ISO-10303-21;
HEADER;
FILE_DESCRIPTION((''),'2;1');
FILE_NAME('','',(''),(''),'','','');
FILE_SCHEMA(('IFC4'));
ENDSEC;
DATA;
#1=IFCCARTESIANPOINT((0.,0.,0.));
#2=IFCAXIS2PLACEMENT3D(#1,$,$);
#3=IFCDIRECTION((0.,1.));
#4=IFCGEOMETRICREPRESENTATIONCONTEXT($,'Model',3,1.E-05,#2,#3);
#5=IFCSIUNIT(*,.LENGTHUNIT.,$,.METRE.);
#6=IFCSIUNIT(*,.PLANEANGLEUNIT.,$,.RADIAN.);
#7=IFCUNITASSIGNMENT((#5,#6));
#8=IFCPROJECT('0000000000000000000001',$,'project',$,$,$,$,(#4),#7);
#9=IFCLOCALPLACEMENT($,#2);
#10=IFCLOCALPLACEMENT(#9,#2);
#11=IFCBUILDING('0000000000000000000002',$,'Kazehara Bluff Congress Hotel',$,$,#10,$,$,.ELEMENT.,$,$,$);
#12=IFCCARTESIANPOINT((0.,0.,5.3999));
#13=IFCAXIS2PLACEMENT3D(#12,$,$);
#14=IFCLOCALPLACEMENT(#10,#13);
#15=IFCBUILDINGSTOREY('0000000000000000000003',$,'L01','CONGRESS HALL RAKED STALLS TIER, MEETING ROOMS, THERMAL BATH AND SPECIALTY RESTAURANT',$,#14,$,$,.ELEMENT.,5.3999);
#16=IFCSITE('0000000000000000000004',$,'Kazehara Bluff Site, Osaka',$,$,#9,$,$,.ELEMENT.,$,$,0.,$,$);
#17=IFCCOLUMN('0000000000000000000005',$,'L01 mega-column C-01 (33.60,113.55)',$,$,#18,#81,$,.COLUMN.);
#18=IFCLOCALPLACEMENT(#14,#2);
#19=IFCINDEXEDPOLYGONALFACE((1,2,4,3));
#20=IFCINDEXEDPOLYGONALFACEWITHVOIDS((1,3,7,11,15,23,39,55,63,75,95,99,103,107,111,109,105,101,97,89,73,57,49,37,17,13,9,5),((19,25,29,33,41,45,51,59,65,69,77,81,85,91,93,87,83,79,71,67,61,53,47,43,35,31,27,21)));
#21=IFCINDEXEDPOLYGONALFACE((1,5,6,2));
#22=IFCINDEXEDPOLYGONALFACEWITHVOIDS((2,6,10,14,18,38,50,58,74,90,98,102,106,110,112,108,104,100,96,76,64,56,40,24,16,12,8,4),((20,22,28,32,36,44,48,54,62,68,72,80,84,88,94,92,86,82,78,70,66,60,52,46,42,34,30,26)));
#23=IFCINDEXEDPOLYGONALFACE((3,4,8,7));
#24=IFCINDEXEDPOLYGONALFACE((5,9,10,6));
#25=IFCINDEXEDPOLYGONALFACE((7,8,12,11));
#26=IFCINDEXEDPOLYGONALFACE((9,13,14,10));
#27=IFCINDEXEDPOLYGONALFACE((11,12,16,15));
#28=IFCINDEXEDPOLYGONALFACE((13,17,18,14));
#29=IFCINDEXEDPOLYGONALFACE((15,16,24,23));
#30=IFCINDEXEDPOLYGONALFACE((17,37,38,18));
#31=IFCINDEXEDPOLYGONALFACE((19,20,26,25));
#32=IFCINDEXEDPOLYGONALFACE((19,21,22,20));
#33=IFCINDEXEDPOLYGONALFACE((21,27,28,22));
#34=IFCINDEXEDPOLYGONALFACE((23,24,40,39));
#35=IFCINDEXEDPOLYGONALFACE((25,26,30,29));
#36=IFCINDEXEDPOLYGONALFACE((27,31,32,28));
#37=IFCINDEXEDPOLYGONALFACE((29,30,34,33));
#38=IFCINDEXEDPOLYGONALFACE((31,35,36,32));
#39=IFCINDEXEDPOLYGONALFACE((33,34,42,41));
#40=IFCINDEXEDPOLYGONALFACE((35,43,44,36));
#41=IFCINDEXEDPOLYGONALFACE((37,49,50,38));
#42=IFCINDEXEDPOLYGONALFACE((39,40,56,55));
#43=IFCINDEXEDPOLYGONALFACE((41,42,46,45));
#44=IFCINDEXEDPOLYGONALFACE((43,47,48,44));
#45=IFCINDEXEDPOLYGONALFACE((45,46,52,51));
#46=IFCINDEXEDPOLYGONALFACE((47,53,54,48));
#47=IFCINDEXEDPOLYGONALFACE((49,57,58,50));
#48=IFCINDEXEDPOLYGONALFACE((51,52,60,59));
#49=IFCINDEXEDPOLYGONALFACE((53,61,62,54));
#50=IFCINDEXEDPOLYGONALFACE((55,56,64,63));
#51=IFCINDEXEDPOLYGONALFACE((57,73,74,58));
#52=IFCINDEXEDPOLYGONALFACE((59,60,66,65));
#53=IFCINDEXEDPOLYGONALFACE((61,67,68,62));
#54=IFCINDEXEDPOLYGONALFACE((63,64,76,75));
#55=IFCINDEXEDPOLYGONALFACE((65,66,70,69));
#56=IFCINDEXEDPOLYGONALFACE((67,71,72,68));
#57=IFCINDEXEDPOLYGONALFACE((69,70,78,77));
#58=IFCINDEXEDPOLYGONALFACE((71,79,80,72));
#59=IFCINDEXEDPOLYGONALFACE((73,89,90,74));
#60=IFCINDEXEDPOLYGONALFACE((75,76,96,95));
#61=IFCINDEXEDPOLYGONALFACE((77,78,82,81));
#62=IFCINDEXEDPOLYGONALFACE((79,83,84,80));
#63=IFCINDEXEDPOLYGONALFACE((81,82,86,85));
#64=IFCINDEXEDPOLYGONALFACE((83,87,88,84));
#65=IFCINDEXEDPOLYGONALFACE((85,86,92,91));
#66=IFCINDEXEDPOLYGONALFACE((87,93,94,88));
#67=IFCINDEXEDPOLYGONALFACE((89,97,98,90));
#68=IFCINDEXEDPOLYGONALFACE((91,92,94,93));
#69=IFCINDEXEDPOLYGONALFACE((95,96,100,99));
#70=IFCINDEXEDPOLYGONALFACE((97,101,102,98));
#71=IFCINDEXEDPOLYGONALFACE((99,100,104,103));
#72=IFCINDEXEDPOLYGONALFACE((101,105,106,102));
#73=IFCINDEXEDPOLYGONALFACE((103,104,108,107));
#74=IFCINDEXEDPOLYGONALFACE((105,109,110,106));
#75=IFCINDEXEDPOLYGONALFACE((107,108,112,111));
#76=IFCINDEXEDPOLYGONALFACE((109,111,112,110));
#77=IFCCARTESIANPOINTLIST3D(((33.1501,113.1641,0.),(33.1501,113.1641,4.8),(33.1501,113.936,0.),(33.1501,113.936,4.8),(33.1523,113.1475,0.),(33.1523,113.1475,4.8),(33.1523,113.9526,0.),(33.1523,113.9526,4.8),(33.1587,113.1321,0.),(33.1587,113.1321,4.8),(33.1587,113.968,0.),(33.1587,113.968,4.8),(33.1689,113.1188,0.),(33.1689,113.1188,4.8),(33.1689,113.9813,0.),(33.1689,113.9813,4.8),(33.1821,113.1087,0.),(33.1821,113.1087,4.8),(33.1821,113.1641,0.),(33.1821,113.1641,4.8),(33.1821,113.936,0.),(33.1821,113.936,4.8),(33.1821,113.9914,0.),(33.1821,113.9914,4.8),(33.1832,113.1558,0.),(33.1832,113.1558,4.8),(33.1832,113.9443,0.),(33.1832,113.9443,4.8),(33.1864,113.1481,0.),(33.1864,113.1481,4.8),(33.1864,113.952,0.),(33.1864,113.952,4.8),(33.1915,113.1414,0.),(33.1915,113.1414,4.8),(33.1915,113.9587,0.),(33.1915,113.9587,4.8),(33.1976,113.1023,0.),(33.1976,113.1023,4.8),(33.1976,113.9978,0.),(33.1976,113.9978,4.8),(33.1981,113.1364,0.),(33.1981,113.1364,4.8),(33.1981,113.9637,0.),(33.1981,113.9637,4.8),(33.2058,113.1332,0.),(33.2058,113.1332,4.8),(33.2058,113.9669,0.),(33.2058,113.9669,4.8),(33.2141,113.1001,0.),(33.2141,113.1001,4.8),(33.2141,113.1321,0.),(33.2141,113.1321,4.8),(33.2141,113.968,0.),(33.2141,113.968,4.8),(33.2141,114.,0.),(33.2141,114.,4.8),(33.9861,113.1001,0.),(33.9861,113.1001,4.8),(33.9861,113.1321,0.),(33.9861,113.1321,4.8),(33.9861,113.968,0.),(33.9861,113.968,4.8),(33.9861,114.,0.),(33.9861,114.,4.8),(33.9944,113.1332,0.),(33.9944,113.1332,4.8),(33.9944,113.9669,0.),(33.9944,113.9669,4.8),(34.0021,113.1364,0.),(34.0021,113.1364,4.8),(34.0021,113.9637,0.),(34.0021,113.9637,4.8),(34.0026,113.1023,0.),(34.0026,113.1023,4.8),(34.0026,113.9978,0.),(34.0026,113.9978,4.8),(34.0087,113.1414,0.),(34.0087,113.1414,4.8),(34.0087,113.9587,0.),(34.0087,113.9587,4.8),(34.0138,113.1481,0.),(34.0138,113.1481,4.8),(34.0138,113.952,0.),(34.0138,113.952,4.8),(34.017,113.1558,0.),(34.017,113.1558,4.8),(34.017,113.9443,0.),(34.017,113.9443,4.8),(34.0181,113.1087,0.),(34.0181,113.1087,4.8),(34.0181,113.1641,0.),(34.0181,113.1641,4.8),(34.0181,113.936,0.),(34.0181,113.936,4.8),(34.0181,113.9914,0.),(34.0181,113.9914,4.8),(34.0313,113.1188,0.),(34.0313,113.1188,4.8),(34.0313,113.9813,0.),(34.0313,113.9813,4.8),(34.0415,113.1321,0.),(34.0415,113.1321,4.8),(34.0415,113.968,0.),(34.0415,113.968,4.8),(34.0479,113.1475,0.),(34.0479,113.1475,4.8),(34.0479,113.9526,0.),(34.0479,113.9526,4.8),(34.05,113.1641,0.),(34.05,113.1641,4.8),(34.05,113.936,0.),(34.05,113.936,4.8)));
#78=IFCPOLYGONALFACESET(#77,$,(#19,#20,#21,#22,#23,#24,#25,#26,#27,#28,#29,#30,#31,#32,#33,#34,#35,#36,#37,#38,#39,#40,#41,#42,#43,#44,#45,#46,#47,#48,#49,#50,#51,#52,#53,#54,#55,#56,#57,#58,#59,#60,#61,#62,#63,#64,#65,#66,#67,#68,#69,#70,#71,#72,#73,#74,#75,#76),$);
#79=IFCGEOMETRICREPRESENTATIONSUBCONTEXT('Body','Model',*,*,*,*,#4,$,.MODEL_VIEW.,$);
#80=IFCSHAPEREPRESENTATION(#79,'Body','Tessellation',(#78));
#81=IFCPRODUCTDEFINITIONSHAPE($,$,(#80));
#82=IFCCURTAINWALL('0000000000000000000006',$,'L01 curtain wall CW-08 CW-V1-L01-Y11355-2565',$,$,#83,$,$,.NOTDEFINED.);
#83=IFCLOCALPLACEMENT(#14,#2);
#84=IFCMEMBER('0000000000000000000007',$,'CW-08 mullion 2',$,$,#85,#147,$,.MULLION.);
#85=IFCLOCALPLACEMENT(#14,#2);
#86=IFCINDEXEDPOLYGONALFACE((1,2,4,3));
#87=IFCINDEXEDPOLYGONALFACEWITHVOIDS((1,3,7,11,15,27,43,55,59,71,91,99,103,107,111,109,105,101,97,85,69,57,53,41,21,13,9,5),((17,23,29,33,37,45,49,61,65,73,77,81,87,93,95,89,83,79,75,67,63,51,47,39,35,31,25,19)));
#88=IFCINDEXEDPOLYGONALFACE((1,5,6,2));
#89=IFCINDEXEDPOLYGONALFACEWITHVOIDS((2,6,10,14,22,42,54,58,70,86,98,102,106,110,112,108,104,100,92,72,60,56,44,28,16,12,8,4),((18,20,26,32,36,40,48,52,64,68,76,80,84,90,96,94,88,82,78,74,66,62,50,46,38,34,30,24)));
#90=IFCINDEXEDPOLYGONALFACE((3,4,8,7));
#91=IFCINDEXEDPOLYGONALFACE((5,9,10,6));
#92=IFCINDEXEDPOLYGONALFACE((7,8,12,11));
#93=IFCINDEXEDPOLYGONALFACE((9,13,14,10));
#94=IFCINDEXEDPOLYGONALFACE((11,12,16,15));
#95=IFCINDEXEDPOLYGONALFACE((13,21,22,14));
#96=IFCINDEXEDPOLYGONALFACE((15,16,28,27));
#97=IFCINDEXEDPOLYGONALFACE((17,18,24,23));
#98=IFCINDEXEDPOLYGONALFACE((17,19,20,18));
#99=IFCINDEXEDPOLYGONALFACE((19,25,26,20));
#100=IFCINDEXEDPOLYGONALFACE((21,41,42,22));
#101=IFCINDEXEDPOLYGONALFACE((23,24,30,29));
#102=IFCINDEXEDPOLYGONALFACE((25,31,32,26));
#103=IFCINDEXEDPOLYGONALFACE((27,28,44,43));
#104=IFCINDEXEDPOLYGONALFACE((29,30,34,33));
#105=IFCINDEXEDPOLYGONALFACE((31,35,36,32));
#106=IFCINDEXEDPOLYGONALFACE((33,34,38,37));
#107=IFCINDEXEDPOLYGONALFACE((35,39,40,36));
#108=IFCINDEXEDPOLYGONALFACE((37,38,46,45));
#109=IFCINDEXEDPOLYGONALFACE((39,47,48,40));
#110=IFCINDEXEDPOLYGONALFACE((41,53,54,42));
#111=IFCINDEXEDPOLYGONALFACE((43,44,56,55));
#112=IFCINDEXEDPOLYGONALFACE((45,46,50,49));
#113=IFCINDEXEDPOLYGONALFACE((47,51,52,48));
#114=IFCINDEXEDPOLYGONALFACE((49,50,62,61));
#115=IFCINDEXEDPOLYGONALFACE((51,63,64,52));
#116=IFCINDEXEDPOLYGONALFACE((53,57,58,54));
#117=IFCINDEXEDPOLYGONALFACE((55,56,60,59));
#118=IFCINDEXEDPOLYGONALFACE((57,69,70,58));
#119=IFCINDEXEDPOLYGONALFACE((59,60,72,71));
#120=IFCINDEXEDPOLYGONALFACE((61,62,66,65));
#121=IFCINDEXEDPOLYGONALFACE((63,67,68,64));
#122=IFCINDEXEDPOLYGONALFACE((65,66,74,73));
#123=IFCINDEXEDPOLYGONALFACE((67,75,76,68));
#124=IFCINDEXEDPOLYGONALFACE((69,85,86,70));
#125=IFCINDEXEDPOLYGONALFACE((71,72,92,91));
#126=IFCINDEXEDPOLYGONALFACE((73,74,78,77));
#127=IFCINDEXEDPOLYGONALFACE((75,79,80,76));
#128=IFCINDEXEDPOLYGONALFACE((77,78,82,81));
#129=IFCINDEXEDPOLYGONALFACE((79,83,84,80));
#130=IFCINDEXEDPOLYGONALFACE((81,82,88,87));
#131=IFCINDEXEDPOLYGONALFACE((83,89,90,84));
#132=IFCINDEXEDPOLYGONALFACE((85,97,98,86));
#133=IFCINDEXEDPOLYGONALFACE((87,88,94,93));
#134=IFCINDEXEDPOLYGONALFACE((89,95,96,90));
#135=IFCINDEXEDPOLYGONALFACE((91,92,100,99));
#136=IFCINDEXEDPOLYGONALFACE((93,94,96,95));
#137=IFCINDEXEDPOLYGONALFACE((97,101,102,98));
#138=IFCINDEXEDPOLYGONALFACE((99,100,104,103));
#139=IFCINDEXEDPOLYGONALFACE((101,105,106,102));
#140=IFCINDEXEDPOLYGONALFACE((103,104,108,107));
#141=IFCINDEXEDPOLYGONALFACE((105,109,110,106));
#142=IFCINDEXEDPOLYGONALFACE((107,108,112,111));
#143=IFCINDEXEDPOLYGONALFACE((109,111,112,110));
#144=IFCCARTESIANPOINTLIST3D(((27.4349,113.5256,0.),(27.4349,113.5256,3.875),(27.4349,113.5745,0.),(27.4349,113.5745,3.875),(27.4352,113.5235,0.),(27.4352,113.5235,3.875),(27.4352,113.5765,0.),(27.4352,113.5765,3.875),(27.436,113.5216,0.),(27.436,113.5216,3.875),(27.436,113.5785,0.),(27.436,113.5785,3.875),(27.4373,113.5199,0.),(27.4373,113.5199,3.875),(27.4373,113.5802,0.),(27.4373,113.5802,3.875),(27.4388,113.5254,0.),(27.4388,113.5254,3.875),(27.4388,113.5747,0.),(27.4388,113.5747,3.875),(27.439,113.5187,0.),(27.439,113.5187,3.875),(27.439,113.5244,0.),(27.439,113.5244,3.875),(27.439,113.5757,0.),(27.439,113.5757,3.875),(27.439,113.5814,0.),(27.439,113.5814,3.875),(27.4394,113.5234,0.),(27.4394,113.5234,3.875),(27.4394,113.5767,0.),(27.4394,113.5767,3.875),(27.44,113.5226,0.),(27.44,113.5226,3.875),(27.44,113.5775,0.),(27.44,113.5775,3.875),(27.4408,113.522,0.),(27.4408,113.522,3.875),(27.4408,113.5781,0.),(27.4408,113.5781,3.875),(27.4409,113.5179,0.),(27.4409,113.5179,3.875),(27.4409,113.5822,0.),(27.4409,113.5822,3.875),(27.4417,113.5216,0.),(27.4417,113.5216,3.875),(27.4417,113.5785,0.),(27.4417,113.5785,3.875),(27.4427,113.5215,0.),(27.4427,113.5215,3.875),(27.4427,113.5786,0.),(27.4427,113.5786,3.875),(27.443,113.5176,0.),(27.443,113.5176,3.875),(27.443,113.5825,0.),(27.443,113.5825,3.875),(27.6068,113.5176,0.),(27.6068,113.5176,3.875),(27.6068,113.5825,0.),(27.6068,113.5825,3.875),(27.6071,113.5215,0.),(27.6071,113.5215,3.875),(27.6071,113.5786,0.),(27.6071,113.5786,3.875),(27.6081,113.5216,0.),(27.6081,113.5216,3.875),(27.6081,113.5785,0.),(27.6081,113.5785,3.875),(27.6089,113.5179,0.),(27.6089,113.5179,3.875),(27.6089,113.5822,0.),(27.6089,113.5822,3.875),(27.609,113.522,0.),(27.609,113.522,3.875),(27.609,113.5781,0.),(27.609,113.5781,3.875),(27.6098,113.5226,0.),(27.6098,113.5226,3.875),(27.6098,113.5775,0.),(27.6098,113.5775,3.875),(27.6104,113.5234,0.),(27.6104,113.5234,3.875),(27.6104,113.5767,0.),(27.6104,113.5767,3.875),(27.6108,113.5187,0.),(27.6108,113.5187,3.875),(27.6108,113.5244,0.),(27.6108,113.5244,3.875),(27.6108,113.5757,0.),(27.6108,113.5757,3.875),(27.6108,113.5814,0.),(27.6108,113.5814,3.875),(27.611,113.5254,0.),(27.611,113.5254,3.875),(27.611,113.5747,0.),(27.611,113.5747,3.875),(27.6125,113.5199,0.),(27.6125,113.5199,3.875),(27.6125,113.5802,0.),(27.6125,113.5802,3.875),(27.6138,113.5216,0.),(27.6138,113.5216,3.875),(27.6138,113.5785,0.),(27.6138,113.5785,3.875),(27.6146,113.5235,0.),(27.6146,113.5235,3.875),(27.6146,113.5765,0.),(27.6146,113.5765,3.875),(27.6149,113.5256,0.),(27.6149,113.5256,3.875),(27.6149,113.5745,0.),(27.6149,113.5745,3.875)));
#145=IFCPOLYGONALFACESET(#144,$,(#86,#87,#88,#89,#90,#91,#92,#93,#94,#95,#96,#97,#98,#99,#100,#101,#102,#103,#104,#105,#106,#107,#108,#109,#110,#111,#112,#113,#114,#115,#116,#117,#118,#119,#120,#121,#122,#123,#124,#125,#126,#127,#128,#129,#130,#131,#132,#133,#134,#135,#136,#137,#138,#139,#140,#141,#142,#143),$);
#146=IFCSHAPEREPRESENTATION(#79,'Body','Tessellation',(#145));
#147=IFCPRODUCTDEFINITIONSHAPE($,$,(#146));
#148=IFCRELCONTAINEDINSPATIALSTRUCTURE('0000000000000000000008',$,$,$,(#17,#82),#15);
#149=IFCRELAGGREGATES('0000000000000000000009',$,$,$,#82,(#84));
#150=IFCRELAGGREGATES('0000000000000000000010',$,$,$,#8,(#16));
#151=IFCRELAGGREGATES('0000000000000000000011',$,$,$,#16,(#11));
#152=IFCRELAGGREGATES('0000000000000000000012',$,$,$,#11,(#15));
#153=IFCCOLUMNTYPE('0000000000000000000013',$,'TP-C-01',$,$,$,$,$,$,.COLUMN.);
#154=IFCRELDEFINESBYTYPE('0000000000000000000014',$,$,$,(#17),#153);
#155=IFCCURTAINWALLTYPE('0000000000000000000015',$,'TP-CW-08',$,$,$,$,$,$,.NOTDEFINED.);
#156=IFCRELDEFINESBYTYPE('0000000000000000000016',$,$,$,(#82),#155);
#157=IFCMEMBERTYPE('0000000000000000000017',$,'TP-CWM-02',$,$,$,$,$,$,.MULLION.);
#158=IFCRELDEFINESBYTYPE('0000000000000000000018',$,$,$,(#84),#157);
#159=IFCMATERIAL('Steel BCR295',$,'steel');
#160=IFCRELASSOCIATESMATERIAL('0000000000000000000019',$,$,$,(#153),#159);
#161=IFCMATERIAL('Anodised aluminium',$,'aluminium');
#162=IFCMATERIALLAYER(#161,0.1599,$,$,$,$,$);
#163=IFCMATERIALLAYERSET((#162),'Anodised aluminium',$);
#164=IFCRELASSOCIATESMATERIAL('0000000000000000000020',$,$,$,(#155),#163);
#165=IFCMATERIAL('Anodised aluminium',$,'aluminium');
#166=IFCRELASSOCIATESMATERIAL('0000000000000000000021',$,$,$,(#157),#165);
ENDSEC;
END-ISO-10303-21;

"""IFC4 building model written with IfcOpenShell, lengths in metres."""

from ifc_helpers import new_model, si_unit, direction, frame, origin, origin_2d, place, context, subcontext, project, spatial, hollow_rectangle, extrude, material, layer, layer_set, material_profile, profile_set, type_object, element, aggregate, save


model = new_model("IFC4")

# Units and contexts
model_context = context("Model", 3, precision=1e-05, world=origin(), true_north=direction((0.0, 1.0)))
body_context = subcontext(model_context, "Body", "Model", "MODEL_VIEW")
ifc_project = project(units=[si_unit("LENGTHUNIT", "METRE"), si_unit("PLANEANGLEUNIT", "RADIAN")], contexts=[model_context])

# Site, building, storey
site_placement = place(None, origin())
site = spatial("IfcSite", under=ifc_project, at=site_placement, Name="Kazehara Bluff Site, Osaka", CompositionType="ELEMENT", RefElevation=0.0)
building_placement = place(site_placement, origin())
building = spatial("IfcBuilding", under=site, at=building_placement, Name="Kazehara Bluff Congress Hotel", CompositionType="ELEMENT")
storey_placement = place(building_placement, frame((0.0, 0.0, 5.3999)))
storey = spatial("IfcBuildingStorey", under=building, at=storey_placement, Name="L01", Description="CONGRESS HALL RAKED STALLS TIER, MEETING ROOMS, THERMAL BATH AND SPECIALTY RESTAURANT", CompositionType="ELEMENT", Elevation=5.3999)

# Column
ifc_material_1 = material(Name="Steel BCR295", Category="steel")
ifc_material_profile_1 = material_profile(ifc_material_1, hollow_rectangle(XDim=0.8999, YDim=0.8999, WallThickness=0.032, InnerFilletRadius=0.032, OuterFilletRadius=0.064, at=origin_2d()))
ifc_profile_set_1 = profile_set([ifc_material_profile_1], Name="Steel BCR295")
column_type = type_object("IfcColumnType", Name="TP-C-01", PredefinedType="COLUMN", material=ifc_profile_set_1)
column_placement = place(storey_placement, frame((33.6001, 113.55, 0.0), z_axis=(0.0, 0.0, 1.0), x_axis=(1.0, 0.0, 0.0)))
element("IfcColumn", 1, at=column_placement, inside=storey, type_object=column_type, Name="L01 mega-column C-01 (33.60,113.55)", PredefinedType="COLUMN", context=body_context, shape_type="SweptSolid", body=[
    extrude(hollow_rectangle(XDim=0.8999, YDim=0.8999, WallThickness=0.032, InnerFilletRadius=0.032, OuterFilletRadius=0.064, at=origin_2d()), origin(), (0.0, 0.0, 1.0), 4.8),
])

# Curtain wall, member
ifc_material_2 = material(Name="Anodised aluminium", Category="aluminium")
ifc_layer_1 = layer(ifc_material_2, 0.1599)
ifc_layer_set_1 = layer_set([ifc_layer_1], Name="Anodised aluminium")
curtain_wall_type = type_object("IfcCurtainWallType", Name="TP-CW-08", PredefinedType="NOTDEFINED", material=ifc_layer_set_1)
curtain_wall_1_placement = place(storey_placement, origin())
curtain_wall_1 = element("IfcCurtainWall", 2, at=curtain_wall_1_placement, inside=storey, type_object=curtain_wall_type, Name="L01 curtain wall CW-08 CW-V1-L01-Y11355-2565", PredefinedType="NOTDEFINED")
ifc_material_3 = material(Name="Anodised aluminium", Category="aluminium")
ifc_material_profile_2 = material_profile(ifc_material_3, hollow_rectangle(XDim=0.0649, YDim=0.1799, WallThickness=0.0039, InnerFilletRadius=0.0039, OuterFilletRadius=0.0081, at=origin_2d()))
ifc_profile_set_2 = profile_set([ifc_material_profile_2], Name="Anodised aluminium")
member_type_1 = type_object("IfcMemberType", Name="TP-CWM-02", PredefinedType="MULLION", material=ifc_profile_set_2)
member_1_placement = place(storey_placement, frame((27.5249, 113.55, 0.0), z_axis=(0.0, 0.0, 1.0), x_axis=(0.0, 1.0, 0.0)))
member_1 = element("IfcMember", 3, at=member_1_placement, type_object=member_type_1, Name="CW-08 mullion 2", PredefinedType="MULLION", context=body_context, shape_type="SweptSolid", body=[
    extrude(hollow_rectangle(XDim=0.0649, YDim=0.1799, WallThickness=0.0039, InnerFilletRadius=0.0039, OuterFilletRadius=0.0081, at=origin_2d()), origin(), (0.0, 0.0, 1.0), 3.875),
])

aggregate(curtain_wall_1, [member_1])

save(model, "model.ifc")
